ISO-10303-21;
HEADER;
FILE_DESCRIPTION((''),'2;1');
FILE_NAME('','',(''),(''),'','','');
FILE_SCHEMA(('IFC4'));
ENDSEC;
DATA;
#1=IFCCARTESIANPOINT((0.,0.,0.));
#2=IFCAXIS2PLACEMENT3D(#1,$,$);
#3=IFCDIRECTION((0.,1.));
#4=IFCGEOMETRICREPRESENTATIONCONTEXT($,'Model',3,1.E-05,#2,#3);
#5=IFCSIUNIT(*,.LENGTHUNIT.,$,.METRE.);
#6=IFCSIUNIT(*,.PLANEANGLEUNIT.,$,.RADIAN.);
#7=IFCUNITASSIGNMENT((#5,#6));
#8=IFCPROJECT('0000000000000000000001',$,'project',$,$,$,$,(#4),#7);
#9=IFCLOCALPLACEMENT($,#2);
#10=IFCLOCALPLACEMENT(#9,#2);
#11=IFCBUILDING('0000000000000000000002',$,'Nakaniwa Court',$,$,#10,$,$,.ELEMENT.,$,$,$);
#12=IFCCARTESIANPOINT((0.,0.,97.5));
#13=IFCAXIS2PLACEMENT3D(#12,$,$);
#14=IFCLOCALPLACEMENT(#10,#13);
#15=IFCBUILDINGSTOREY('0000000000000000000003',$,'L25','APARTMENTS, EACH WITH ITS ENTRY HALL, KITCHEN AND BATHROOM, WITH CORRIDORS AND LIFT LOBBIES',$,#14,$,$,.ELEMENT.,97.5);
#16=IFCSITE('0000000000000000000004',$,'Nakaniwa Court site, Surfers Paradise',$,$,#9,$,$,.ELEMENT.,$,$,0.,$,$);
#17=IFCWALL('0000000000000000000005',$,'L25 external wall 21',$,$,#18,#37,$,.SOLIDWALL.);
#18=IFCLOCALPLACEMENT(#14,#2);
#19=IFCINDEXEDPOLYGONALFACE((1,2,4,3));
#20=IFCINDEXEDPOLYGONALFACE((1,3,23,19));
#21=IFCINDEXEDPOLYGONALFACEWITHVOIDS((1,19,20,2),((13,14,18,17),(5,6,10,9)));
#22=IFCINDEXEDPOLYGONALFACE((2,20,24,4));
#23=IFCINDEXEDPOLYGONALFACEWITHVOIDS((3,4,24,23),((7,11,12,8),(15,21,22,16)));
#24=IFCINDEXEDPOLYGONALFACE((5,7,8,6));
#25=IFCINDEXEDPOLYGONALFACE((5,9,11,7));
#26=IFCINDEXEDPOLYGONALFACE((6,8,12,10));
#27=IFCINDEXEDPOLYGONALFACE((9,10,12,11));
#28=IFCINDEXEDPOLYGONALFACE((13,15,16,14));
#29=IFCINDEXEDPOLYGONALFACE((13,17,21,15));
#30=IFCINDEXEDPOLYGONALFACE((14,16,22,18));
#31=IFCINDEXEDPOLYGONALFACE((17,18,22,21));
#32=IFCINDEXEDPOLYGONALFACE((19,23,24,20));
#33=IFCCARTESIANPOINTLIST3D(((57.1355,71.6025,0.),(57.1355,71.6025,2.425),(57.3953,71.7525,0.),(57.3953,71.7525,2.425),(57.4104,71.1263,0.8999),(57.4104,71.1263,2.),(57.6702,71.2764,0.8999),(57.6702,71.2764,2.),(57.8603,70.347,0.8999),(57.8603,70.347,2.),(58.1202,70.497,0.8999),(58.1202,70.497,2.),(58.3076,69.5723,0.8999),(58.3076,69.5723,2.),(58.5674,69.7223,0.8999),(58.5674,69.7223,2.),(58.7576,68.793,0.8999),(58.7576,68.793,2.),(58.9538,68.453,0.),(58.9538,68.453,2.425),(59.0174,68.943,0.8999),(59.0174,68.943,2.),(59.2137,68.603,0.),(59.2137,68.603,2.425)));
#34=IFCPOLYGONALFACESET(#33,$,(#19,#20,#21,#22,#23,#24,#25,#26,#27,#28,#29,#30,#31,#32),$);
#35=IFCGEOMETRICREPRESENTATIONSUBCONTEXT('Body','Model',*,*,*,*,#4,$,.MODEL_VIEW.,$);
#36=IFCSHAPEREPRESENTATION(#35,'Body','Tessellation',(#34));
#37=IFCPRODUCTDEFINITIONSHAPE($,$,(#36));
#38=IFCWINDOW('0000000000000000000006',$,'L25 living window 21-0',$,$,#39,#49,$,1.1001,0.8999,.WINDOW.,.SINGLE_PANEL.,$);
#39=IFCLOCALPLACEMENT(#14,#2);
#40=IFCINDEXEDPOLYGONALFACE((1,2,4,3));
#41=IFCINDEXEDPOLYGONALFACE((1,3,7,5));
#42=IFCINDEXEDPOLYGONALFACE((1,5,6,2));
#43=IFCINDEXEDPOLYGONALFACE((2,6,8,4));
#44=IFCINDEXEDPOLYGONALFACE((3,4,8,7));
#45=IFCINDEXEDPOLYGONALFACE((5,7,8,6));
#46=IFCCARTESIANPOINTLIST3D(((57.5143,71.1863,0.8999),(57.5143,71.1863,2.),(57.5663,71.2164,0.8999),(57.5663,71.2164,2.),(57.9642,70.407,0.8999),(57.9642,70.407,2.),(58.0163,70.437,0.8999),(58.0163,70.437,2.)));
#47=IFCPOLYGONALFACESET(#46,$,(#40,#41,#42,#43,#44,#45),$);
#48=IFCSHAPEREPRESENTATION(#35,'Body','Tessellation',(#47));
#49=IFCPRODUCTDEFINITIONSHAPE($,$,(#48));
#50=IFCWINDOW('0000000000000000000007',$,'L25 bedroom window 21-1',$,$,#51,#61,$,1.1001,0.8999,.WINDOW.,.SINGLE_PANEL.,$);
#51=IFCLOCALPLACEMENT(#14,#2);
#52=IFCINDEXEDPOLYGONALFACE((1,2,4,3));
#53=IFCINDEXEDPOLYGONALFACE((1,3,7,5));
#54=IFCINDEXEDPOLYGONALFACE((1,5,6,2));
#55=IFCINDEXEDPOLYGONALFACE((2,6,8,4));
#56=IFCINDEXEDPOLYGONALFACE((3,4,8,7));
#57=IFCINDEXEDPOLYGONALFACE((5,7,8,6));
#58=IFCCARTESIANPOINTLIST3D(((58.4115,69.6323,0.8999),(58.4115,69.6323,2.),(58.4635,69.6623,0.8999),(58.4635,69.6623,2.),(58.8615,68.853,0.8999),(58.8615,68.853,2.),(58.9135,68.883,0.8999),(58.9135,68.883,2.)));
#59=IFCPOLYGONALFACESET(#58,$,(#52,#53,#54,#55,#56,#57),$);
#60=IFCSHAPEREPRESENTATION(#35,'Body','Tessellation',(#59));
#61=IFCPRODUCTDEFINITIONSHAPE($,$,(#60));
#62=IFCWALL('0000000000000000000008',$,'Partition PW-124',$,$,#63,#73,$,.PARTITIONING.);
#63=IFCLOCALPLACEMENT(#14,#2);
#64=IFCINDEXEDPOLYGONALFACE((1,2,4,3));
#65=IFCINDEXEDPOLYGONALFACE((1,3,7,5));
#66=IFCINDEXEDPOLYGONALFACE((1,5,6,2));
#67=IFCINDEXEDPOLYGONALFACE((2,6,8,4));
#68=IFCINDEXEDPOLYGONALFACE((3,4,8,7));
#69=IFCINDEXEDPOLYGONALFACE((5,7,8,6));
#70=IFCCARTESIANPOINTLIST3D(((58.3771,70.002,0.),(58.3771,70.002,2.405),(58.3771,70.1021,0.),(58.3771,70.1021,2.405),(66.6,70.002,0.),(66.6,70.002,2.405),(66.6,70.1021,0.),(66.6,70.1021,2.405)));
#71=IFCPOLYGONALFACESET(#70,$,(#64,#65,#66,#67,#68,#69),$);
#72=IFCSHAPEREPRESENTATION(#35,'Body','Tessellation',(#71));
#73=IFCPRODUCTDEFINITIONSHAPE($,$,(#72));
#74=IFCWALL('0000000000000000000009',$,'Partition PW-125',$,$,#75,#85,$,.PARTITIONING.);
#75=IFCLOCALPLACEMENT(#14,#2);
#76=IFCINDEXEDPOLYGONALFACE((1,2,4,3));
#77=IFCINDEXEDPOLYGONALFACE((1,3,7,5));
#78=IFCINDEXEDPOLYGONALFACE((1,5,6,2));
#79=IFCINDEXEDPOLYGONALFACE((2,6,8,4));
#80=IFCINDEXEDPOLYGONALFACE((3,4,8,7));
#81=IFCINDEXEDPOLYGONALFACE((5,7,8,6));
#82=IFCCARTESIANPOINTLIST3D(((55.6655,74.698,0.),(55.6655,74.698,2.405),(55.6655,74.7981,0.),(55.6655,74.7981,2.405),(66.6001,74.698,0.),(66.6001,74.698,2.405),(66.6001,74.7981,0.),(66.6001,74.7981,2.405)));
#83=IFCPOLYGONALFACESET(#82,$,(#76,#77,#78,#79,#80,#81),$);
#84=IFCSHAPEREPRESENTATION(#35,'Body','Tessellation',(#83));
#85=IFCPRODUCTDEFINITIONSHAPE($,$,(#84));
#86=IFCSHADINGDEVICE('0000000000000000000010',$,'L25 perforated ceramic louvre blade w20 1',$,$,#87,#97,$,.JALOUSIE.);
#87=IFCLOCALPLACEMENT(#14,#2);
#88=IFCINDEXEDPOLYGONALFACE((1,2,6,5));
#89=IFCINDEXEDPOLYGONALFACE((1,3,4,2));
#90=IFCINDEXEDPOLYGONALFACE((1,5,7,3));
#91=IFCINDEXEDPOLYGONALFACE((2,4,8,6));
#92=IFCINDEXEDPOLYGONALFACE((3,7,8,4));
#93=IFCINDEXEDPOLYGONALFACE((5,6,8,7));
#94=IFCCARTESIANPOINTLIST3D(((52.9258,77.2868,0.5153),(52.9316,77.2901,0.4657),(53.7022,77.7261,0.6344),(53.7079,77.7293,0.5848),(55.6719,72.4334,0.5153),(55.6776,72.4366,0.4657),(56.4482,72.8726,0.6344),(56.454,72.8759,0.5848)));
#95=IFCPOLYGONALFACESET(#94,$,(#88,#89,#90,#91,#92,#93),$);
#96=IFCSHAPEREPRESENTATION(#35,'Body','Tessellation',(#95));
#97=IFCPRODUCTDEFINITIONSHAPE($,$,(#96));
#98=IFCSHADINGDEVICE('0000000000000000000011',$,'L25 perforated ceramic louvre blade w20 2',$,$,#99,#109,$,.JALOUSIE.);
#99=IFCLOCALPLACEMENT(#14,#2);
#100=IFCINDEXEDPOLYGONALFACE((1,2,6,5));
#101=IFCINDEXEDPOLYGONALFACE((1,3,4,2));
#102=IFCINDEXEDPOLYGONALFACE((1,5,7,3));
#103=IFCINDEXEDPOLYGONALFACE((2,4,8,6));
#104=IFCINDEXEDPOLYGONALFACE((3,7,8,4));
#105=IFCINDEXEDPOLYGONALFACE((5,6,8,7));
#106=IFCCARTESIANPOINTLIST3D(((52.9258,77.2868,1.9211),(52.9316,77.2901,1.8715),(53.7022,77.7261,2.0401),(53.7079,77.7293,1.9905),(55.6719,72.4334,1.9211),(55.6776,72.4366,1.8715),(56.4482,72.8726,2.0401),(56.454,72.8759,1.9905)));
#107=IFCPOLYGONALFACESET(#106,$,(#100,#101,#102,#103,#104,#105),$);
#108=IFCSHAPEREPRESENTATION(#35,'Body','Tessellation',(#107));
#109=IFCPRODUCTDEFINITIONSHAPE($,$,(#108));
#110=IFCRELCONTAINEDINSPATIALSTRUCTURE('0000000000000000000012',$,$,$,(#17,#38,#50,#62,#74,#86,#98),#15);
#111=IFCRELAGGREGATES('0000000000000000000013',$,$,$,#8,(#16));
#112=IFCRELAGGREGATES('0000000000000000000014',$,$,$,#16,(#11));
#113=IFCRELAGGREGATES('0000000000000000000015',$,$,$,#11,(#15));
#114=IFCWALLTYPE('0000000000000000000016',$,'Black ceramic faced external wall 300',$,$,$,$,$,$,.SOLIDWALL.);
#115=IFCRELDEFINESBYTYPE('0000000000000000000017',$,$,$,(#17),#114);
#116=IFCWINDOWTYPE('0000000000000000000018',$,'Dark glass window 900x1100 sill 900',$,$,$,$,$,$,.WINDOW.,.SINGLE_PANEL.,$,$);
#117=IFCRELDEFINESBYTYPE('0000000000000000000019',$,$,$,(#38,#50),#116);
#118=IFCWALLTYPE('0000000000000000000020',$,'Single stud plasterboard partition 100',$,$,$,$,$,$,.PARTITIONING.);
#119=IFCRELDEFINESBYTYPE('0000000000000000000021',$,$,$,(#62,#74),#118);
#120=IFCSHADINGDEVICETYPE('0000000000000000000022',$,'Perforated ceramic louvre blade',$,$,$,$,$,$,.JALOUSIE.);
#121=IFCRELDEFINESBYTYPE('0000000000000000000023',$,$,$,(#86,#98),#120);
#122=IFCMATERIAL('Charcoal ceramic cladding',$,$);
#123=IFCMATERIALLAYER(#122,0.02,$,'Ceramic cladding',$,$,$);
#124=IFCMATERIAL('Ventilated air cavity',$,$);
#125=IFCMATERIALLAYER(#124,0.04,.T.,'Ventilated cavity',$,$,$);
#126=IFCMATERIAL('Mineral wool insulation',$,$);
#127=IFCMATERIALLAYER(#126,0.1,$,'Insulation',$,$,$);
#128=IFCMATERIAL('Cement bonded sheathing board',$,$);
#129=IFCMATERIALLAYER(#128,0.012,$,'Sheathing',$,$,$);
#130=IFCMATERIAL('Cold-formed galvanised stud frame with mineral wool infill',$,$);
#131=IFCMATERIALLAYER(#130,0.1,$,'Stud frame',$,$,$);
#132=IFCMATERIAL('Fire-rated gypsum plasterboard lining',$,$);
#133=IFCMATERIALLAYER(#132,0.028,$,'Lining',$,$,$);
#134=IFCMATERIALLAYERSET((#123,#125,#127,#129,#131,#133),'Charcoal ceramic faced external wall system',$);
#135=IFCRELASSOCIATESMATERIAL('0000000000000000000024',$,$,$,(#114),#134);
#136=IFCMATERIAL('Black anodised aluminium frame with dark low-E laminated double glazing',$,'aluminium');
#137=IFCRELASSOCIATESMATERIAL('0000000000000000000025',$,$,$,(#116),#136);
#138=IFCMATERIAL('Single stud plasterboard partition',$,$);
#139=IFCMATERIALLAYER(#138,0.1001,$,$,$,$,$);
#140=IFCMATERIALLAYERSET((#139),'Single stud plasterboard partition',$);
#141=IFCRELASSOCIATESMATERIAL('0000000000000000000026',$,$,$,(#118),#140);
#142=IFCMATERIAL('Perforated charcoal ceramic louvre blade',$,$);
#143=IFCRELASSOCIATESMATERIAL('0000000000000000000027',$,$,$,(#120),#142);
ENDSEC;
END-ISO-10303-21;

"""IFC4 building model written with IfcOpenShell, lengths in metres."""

from ifc_helpers import new_model, si_unit, direction, frame, frame_2d, origin, origin_2d, place, context, subcontext, project, spatial, rectangle, extrude, material, layer, layer_set, material_profile, profile_set, type_object, element, fill, save


model = new_model("IFC4")

# Units and contexts
model_context = context("Model", 3, precision=1e-05, world=origin(), true_north=direction((0.0, 1.0)))
body_context = subcontext(model_context, "Body", "Model", "MODEL_VIEW")
ifc_project = project(units=[si_unit("LENGTHUNIT", "METRE"), si_unit("PLANEANGLEUNIT", "RADIAN")], contexts=[model_context])

# Site, building, storey
site_placement = place(None, origin())
site = spatial("IfcSite", under=ifc_project, at=site_placement, Name="Nakaniwa Court site, Surfers Paradise", CompositionType="ELEMENT", RefElevation=0.0)
building_placement = place(site_placement, origin())
building = spatial("IfcBuilding", under=site, at=building_placement, Name="Nakaniwa Court", CompositionType="ELEMENT")
storey_placement = place(building_placement, frame((0.0, 0.0, 97.5)))
storey = spatial("IfcBuildingStorey", under=building, at=storey_placement, Name="L25", Description="APARTMENTS, EACH WITH ITS ENTRY HALL, KITCHEN AND BATHROOM, WITH CORRIDORS AND LIFT LOBBIES", CompositionType="ELEMENT", Elevation=97.5)

# Shared definitions
ifc_material_1 = material(Name="Charcoal ceramic cladding")
ifc_layer_1 = layer(ifc_material_1, 0.02, Name="Ceramic cladding")
ifc_material_2 = material(Name="Ventilated air cavity")
ifc_layer_2 = layer(ifc_material_2, 0.04, ventilated=True, Name="Ventilated cavity")
ifc_material_3 = material(Name="Mineral wool insulation")
ifc_layer_3 = layer(ifc_material_3, 0.1, Name="Insulation")
ifc_material_4 = material(Name="Cement bonded sheathing board")
ifc_layer_4 = layer(ifc_material_4, 0.012, Name="Sheathing")
ifc_material_5 = material(Name="Cold-formed galvanised stud frame with mineral wool infill")
ifc_layer_5 = layer(ifc_material_5, 0.1, Name="Stud frame")
ifc_material_6 = material(Name="Fire-rated gypsum plasterboard lining")
ifc_layer_6 = layer(ifc_material_6, 0.028, Name="Lining")
ifc_layer_set_1 = layer_set([ifc_layer_1, ifc_layer_2, ifc_layer_3, ifc_layer_4, ifc_layer_5, ifc_layer_6], Name="Charcoal ceramic faced external wall system")
wall_type_1 = type_object("IfcWallType", Name="Black ceramic faced external wall 300", PredefinedType="SOLIDWALL", material=ifc_layer_set_1)
ifc_material_7 = material(Name="Black anodised aluminium frame with dark low-E laminated double glazing", Category="aluminium")

# Wall, openings, windows
window_type_1 = type_object("IfcWindowType", Name="Dark glass window 900x1100 sill 900", PartitioningType="SINGLE_PANEL", PredefinedType="WINDOW", material=ifc_material_7)
wall_1_placement = place(storey_placement, frame((57.2654, 71.6775, 0.0), z_axis=(0.0, 0.0, 1.0), x_axis=(0.500009, -0.86602, 0.0)))
wall_1 = element("IfcWall", 1, at=wall_1_placement, inside=storey, type_object=wall_type_1, Name="L25 external wall 21", PredefinedType="SOLIDWALL", context=body_context, shape_type="SweptSolid", body=[
    extrude(rectangle(XDim=3.6367, YDim=0.3, at=frame_2d((1.8184, 0.0))), origin(), (0.0, 0.0, 1.0), 2.425),
])
opening_1_placement = place(wall_1_placement, frame((0.5498, 0.0, 0.8999)))
opening_1 = element("IfcOpeningElement", 2, at=opening_1_placement, cuts=wall_1, PredefinedType="OPENING", context=body_context, shape_type="SweptSolid", body=[
    extrude(rectangle(XDim=0.8999, YDim=1.1001, at=frame_2d((0.45, 0.55))), frame((0.0, 0.1599, 0.0), z_axis=(0.0, -1.0, 0.0), x_axis=(1.0, 0.0, 0.0)), (0.0, 0.0, 1.0), 0.3201),
])
opening_2_placement = place(wall_1_placement, frame((2.3442, 0.0, 0.8999)))
opening_2 = element("IfcOpeningElement", 3, at=opening_2_placement, cuts=wall_1, PredefinedType="OPENING", context=body_context, shape_type="SweptSolid", body=[
    extrude(rectangle(XDim=0.8999, YDim=1.1001, at=frame_2d((0.45, 0.55))), frame((0.0, 0.1599, 0.0), z_axis=(0.0, -1.0, 0.0), x_axis=(1.0, 0.0, 0.0)), (0.0, 0.0, 1.0), 0.3201),
])
window_1_placement = place(opening_1_placement, origin())
window_1 = element("IfcWindow", 4, at=window_1_placement, inside=storey, type_object=window_type_1, Name="L25 living window 21-0", OverallHeight=1.1001, OverallWidth=0.8999, PartitioningType="SINGLE_PANEL", PredefinedType="WINDOW", context=body_context, shape_type="SweptSolid", body=[
    extrude(rectangle(XDim=0.8999, YDim=1.1001, at=frame_2d((0.45, 0.55))), frame((0.0, 0.03, 0.0), z_axis=(0.0, -1.0, 0.0), x_axis=(1.0, 0.0, 0.0)), (0.0, 0.0, 1.0), 0.0601),
])
fill(opening_1, window_1)
window_2_placement = place(opening_2_placement, origin())
window_2 = element("IfcWindow", 5, at=window_2_placement, inside=storey, type_object=window_type_1, Name="L25 bedroom window 21-1", OverallHeight=1.1001, OverallWidth=0.8999, PartitioningType="SINGLE_PANEL", PredefinedType="WINDOW", context=body_context, shape_type="SweptSolid", body=[
    extrude(rectangle(XDim=0.8999, YDim=1.1001, at=frame_2d((0.45, 0.55))), frame((0.0, 0.03, 0.0), z_axis=(0.0, -1.0, 0.0), x_axis=(1.0, 0.0, 0.0)), (0.0, 0.0, 1.0), 0.0601),
])
fill(opening_2, window_2)

# Walls
ifc_material_8 = material(Name="Single stud plasterboard partition")
ifc_layer_7 = layer(ifc_material_8, 0.1001)
ifc_layer_set_2 = layer_set([ifc_layer_7], Name="Single stud plasterboard partition")
wall_type_2 = type_object("IfcWallType", Name="Single stud plasterboard partition 100", PredefinedType="PARTITIONING", material=ifc_layer_set_2)
wall_2_placement = place(storey_placement, frame((58.3772, 70.052, 0.0), z_axis=(0.0, 0.0, 1.0), x_axis=(1.0, 0.0, 0.0)))
element("IfcWall", 6, at=wall_2_placement, inside=storey, type_object=wall_type_2, Name="Partition PW-124", PredefinedType="PARTITIONING", context=body_context, shape_type="SweptSolid", body=[
    extrude(rectangle(XDim=8.2229, YDim=0.1001, at=frame_2d((4.1113, 0.0))), origin(), (0.0, 0.0, 1.0), 2.405),
])
wall_3_placement = place(storey_placement, frame((55.6655, 74.748, 0.0), z_axis=(0.0, 0.0, 1.0), x_axis=(1.0, 0.0, 0.0)))
element("IfcWall", 7, at=wall_3_placement, inside=storey, type_object=wall_type_2, Name="Partition PW-125", PredefinedType="PARTITIONING", context=body_context, shape_type="SweptSolid", body=[
    extrude(rectangle(XDim=10.9346, YDim=0.1001, at=frame_2d((5.4673, 0.0))), origin(), (0.0, 0.0, 1.0), 2.405),
])

# Shading devices
ifc_material_9 = material(Name="Perforated charcoal ceramic louvre blade")
ifc_material_profile_1 = material_profile(ifc_material_9, rectangle(XDim=0.8999, YDim=0.05, at=origin_2d()), Name="Perforated ceramic louvre blade")
ifc_profile_set_1 = profile_set([ifc_material_profile_1], Name="Perforated charcoal ceramic louvre blade")
shading_device_type = type_object("IfcShadingDeviceType", Name="Perforated ceramic louvre blade", PredefinedType="JALOUSIE", material=ifc_profile_set_1)
for number, where, z_axis, x_axis, name in (
    (8, (53.3169, 77.5081, 0.55), (0.492438, -0.870347, 0.0), (0.862702, 0.488112, 0.132256), "L25 perforated ceramic louvre blade w20 1"),
    (9, (53.3169, 77.5081, 1.9558), (0.492438, -0.870347, 0.0), (0.862702, 0.488112, 0.132256), "L25 perforated ceramic louvre blade w20 2"),
):
    element("IfcShadingDevice", number, at=place(storey_placement, frame(where, z_axis=z_axis, x_axis=x_axis)), inside=storey, type_object=shading_device_type, Name=name, PredefinedType="JALOUSIE", context=body_context, shape_type="SweptSolid", body=[
        extrude(rectangle(XDim=0.8999, YDim=0.05, at=origin_2d()), origin(), (0.0, 0.0, 1.0), 5.5764),
    ])

save(model, "model.ifc")
